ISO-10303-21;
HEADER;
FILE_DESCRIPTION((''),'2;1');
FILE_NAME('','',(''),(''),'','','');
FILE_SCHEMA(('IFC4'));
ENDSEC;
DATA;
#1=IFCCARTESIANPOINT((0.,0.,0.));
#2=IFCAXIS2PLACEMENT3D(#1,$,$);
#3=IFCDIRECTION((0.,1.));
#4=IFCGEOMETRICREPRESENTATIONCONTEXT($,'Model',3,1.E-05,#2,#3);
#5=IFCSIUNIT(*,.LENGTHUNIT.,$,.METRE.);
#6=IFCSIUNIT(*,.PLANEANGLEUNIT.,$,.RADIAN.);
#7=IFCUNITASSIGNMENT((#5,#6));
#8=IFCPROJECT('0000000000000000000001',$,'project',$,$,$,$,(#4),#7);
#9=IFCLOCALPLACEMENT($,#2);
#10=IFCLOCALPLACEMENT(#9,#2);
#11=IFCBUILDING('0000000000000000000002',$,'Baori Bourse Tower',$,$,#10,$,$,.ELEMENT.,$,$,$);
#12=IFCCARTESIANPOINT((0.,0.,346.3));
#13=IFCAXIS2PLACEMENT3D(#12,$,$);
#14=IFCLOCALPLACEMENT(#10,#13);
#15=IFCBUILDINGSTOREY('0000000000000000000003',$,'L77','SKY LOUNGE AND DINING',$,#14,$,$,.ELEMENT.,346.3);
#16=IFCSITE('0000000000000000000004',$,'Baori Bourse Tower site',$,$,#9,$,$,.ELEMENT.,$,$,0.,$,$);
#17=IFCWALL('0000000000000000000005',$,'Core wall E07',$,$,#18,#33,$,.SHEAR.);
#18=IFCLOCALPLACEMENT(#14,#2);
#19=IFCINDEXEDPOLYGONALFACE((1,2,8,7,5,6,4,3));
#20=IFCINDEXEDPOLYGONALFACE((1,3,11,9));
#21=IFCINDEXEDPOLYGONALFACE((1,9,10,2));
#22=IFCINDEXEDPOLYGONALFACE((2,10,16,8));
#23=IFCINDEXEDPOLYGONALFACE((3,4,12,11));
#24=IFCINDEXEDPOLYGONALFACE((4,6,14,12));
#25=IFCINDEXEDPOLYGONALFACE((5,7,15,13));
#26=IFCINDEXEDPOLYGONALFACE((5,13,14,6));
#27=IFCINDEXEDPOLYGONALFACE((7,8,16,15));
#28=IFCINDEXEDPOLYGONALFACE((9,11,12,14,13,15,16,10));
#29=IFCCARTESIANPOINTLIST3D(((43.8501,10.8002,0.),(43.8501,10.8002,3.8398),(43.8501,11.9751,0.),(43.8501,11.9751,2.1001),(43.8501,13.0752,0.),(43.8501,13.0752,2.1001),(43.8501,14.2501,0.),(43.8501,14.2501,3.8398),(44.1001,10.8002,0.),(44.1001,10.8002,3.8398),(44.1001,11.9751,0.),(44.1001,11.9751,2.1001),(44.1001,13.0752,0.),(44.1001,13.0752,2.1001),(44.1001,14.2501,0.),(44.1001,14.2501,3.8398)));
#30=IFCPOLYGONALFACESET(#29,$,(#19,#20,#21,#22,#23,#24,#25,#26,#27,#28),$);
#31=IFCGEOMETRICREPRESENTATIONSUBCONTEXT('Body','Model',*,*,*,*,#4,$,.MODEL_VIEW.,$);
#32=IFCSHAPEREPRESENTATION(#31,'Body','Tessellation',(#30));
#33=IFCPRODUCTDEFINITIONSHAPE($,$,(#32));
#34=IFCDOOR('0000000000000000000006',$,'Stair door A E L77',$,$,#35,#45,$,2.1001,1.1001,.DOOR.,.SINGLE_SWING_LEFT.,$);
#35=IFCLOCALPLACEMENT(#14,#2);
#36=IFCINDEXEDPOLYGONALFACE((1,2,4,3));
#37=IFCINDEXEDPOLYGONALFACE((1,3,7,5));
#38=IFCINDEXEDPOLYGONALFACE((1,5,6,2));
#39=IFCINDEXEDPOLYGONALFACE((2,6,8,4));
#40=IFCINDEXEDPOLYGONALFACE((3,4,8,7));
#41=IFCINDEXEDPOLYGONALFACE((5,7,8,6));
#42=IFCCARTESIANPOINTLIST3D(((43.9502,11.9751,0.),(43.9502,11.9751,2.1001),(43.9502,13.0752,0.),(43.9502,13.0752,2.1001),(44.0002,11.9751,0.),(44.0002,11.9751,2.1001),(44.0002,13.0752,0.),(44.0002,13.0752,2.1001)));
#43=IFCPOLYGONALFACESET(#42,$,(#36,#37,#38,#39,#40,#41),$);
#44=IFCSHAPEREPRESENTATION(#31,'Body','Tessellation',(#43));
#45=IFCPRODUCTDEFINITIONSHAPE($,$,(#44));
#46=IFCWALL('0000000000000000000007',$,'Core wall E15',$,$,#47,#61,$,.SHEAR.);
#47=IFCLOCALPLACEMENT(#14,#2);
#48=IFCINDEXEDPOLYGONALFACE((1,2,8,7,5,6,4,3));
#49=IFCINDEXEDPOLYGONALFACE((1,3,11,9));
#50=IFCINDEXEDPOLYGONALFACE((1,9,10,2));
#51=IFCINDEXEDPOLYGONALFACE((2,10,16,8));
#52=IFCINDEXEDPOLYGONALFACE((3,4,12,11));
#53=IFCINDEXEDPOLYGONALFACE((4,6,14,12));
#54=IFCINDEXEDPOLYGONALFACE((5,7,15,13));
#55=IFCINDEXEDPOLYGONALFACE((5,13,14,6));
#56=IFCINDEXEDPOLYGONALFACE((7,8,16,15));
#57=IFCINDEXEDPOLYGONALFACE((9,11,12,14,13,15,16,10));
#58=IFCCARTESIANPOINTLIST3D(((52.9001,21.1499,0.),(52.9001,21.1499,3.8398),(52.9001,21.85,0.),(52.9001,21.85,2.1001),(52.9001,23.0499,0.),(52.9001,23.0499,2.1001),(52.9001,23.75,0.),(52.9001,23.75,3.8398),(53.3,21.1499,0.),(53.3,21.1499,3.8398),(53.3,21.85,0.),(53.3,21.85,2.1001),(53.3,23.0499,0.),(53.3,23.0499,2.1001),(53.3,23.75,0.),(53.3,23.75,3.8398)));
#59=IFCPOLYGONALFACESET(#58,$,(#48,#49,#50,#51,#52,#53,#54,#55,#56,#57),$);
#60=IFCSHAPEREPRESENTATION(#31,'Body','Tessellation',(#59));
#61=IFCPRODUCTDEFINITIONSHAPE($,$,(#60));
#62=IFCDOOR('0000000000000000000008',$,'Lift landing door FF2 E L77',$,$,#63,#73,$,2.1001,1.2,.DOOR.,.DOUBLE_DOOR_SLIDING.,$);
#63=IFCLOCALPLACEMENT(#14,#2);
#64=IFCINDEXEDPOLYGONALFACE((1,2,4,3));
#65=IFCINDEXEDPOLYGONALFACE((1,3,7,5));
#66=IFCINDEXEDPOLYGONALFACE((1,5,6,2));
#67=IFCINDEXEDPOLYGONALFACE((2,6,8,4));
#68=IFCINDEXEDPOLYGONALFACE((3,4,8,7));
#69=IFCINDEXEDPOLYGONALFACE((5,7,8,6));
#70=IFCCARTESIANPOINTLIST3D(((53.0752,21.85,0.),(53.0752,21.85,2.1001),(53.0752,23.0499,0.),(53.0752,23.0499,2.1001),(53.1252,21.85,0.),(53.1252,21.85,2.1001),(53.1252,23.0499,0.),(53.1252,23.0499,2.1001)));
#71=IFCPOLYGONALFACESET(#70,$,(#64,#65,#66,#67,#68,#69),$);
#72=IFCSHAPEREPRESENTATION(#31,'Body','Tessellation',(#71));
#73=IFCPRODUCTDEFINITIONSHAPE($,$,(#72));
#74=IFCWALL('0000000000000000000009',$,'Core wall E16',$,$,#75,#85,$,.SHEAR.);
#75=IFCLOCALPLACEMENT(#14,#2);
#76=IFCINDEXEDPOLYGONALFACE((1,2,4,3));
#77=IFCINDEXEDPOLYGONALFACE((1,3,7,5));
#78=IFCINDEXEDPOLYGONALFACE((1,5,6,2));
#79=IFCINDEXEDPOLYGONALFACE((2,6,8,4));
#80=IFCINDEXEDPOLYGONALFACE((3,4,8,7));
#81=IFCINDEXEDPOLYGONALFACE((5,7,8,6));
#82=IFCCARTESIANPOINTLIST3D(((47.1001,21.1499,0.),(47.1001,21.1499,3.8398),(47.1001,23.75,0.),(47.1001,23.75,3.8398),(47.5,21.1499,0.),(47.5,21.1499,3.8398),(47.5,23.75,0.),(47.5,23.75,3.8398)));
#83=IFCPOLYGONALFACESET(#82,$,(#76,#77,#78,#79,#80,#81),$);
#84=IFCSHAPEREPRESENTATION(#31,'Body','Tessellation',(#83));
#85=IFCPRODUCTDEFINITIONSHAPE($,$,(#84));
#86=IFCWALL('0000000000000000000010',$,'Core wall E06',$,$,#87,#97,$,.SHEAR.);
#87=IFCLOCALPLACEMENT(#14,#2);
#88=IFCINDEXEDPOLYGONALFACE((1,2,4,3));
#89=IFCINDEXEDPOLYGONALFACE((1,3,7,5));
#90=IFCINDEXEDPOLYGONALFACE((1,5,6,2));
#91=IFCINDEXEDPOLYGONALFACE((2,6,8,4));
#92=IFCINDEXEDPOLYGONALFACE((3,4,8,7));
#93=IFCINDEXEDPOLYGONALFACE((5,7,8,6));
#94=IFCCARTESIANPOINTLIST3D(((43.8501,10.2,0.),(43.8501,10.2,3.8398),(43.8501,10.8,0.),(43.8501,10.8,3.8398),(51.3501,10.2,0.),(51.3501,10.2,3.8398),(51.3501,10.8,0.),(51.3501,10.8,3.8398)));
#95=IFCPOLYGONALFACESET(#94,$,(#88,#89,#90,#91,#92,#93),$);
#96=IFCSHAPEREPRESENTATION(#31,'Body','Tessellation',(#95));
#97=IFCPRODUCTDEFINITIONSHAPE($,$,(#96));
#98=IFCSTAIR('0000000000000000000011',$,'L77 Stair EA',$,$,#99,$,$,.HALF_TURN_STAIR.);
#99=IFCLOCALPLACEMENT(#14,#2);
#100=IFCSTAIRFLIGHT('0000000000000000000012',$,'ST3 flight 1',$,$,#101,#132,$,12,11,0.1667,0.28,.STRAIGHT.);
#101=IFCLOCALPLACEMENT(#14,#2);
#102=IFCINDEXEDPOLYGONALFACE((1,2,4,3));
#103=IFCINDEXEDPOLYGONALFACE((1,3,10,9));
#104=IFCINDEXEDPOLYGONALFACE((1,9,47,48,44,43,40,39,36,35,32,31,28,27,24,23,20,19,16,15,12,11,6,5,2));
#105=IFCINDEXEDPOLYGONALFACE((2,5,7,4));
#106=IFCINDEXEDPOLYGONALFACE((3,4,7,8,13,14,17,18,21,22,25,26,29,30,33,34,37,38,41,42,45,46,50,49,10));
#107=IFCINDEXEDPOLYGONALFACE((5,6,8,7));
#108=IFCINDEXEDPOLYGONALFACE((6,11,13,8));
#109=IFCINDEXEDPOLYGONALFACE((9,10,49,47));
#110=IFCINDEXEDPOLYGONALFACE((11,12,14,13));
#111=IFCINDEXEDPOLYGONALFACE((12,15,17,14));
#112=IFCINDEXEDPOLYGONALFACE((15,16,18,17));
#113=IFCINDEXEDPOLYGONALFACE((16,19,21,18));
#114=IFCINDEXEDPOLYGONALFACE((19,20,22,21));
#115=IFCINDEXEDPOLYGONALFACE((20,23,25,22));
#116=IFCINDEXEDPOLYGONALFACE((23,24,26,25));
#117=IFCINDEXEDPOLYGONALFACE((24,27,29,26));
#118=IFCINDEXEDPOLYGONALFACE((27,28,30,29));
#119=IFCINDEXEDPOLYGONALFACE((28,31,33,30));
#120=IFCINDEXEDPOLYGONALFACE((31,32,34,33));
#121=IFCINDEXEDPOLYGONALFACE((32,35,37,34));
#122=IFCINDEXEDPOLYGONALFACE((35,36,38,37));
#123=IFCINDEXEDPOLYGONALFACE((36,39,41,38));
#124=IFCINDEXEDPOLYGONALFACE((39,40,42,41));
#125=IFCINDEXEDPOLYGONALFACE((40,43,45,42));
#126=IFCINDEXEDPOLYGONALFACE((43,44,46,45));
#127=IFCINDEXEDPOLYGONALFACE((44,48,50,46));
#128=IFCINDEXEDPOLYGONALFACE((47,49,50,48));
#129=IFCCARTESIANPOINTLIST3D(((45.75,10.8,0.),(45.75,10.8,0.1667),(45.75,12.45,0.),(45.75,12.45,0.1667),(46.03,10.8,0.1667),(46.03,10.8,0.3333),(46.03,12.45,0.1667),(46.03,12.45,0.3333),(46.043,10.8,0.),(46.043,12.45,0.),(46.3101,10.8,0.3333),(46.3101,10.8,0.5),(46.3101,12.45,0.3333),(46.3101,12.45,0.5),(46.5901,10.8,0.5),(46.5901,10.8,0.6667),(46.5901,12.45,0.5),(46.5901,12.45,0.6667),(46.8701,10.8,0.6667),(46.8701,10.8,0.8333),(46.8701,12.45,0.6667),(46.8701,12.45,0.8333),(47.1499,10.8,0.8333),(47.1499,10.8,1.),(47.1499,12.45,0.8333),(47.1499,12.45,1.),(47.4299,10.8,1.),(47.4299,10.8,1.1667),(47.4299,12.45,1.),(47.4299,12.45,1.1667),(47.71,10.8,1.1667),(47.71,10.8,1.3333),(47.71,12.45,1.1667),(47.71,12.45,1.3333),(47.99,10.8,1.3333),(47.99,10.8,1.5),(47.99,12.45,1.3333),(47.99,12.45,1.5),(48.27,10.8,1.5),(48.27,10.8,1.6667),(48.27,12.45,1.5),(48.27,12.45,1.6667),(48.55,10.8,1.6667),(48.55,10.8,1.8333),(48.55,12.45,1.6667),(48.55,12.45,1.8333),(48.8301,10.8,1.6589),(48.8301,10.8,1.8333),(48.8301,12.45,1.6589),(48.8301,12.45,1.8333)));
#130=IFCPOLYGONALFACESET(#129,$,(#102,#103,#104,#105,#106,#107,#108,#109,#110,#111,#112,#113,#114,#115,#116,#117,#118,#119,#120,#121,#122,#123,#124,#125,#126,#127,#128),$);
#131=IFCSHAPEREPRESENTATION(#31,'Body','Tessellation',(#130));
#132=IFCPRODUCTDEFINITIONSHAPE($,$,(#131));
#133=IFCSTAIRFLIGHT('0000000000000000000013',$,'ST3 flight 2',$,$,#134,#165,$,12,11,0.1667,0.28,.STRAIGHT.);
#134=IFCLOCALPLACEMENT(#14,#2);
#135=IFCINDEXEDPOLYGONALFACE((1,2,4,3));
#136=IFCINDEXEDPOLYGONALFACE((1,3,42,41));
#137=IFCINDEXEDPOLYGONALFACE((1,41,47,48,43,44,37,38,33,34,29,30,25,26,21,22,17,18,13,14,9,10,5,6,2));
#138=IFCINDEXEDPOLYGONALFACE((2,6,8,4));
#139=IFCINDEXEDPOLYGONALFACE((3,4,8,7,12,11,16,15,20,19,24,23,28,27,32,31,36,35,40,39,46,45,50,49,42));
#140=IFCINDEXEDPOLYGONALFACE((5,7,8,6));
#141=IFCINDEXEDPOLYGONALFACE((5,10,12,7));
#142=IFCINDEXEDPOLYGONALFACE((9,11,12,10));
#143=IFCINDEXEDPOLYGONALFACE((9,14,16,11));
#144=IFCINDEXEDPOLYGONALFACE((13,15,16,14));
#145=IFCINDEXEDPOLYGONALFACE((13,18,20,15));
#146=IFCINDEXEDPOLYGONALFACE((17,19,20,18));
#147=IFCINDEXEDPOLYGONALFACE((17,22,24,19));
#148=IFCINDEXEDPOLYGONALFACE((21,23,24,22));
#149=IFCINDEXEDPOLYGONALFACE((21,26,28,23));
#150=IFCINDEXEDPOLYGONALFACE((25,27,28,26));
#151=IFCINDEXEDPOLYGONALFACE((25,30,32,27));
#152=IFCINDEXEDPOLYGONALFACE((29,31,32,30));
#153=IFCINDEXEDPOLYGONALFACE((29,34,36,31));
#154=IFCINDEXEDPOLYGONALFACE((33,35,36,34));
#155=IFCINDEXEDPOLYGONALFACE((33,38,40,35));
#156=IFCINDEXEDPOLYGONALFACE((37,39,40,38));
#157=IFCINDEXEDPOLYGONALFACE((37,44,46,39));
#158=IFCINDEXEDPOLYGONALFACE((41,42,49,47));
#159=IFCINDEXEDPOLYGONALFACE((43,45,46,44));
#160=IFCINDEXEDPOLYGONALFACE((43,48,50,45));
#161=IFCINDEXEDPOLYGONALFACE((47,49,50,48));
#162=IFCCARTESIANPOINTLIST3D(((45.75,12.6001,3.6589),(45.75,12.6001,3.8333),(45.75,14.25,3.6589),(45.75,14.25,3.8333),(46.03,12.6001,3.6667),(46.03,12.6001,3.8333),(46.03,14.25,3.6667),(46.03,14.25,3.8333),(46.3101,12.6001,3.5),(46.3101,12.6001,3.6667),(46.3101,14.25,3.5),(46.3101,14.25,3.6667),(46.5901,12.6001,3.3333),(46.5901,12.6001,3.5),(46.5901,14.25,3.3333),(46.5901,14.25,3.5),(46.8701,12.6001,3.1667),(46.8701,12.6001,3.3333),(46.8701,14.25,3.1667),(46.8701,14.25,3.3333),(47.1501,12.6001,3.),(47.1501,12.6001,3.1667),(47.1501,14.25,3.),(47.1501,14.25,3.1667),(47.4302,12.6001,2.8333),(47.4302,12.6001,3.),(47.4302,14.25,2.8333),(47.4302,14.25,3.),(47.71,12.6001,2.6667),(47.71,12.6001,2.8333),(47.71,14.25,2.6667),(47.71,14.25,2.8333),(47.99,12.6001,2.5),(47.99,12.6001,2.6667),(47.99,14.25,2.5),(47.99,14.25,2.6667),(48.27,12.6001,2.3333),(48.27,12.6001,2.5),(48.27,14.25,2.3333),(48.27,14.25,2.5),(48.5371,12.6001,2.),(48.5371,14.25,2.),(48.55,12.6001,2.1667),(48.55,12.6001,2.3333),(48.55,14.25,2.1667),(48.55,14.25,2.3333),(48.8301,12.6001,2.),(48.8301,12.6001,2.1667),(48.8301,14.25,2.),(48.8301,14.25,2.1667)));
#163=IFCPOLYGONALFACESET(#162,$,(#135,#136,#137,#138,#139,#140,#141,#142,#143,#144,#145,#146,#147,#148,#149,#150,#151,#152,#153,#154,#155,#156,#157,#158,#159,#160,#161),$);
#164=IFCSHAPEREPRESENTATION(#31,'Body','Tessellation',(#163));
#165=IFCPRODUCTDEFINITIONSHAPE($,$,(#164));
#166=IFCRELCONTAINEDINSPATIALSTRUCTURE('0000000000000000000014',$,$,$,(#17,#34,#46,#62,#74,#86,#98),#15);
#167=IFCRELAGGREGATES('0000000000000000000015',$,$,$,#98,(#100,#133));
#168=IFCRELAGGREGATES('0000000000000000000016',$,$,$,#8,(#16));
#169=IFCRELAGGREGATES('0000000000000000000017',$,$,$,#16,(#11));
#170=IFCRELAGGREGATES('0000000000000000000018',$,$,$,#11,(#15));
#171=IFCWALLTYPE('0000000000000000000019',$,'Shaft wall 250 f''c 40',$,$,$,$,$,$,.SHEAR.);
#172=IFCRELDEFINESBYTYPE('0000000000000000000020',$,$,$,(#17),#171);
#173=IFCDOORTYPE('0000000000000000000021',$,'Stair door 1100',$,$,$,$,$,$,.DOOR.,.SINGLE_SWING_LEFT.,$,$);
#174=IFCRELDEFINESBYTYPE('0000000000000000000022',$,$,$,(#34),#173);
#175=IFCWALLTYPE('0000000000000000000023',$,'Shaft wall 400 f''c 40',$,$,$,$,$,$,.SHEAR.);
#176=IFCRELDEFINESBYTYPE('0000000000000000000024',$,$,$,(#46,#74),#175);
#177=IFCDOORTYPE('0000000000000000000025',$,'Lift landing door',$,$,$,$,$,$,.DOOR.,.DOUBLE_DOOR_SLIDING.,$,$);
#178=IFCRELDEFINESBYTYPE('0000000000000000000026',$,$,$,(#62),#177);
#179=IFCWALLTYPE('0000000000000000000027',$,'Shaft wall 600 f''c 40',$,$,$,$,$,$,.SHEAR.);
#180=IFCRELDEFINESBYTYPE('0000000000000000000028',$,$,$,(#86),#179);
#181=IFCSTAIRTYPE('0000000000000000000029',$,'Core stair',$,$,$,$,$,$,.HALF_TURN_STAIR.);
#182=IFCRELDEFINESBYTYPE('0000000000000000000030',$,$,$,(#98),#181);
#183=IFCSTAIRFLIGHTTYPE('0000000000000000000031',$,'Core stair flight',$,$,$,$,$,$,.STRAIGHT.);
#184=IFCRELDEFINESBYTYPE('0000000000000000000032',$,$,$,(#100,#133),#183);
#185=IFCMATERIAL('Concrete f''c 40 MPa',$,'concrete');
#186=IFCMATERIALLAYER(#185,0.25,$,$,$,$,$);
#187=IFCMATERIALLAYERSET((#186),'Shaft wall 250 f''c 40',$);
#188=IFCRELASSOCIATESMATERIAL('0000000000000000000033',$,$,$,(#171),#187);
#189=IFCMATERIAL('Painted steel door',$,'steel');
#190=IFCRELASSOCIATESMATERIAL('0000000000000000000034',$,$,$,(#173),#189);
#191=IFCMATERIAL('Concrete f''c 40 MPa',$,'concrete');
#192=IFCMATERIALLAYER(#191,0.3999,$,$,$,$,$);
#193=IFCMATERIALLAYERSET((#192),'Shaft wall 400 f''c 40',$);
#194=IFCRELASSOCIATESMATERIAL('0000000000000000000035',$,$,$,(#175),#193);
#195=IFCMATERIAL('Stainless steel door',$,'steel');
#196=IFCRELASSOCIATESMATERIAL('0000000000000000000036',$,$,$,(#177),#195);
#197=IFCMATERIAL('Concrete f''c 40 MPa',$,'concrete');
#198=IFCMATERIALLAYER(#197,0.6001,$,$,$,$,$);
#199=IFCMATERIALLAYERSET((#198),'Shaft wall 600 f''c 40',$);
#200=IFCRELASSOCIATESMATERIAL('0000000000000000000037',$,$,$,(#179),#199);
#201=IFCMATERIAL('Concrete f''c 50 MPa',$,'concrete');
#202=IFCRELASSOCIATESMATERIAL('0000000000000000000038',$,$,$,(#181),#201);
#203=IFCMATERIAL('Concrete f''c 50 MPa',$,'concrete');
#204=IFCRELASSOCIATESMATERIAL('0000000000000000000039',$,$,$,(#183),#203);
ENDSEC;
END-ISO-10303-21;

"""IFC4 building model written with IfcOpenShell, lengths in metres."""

from ifc_helpers import new_model, si_unit, direction, frame, frame_2d, origin, place, context, subcontext, project, spatial, polyline, rectangle, outline, extrude, material, layer, layer_set, type_object, element, fill, aggregate, save


model = new_model("IFC4")

# Units and contexts
model_context = context("Model", 3, precision=1e-05, world=origin(), true_north=direction((0.0, 1.0)))
body_context = subcontext(model_context, "Body", "Model", "MODEL_VIEW")
ifc_project = project(units=[si_unit("LENGTHUNIT", "METRE"), si_unit("PLANEANGLEUNIT", "RADIAN")], contexts=[model_context])

# Site, building, storey
site_placement = place(None, origin())
site = spatial("IfcSite", under=ifc_project, at=site_placement, Name="Baori Bourse Tower site", CompositionType="ELEMENT", RefElevation=0.0)
building_placement = place(site_placement, origin())
building = spatial("IfcBuilding", under=site, at=building_placement, Name="Baori Bourse Tower", CompositionType="ELEMENT")
storey_placement = place(building_placement, frame((0.0, 0.0, 346.3)))
storey = spatial("IfcBuildingStorey", under=building, at=storey_placement, Name="L77", Description="SKY LOUNGE AND DINING", CompositionType="ELEMENT", Elevation=346.3)

# Walls, openings, doors
ifc_material_1 = material(Name="Concrete f'c 40 MPa", Category="concrete")
ifc_layer_1 = layer(ifc_material_1, 0.25)
ifc_layer_set_1 = layer_set([ifc_layer_1], Name="Shaft wall 250 f'c 40")
wall_type_1 = type_object("IfcWallType", Name="Shaft wall 250 f'c 40", PredefinedType="SHEAR", material=ifc_layer_set_1)
wall_1_placement = place(storey_placement, frame((43.9751, 10.8, 0.0), z_axis=(0.0, 0.0, 1.0), x_axis=(0.0, 1.0, 0.0)))
wall_1 = element("IfcWall", 1, at=wall_1_placement, inside=storey, type_object=wall_type_1, Name="Core wall E07", PredefinedType="SHEAR", context=body_context, shape_type="SweptSolid", body=[
    extrude(rectangle(XDim=3.45, YDim=0.25, at=frame_2d((1.7251, 0.0))), origin(), (0.0, 0.0, 1.0), 3.8398),
])
opening_1_placement = place(wall_1_placement, frame((1.175, 0.0, 0.0)))
opening_1 = element("IfcOpeningElement", 2, at=opening_1_placement, cuts=wall_1, PredefinedType="OPENING", context=body_context, shape_type="SweptSolid", body=[
    extrude(rectangle(XDim=1.1001, YDim=2.1001, at=frame_2d((0.55, 1.05))), frame((0.0, 0.135, 0.0), z_axis=(0.0, -1.0, 0.0), x_axis=(1.0, 0.0, 0.0)), (0.0, 0.0, 1.0), 0.27),
])
ifc_material_2 = material(Name="Painted steel door", Category="steel")
door_type_1 = type_object("IfcDoorType", Name="Stair door 1100", OperationType="SINGLE_SWING_LEFT", PredefinedType="DOOR", material=ifc_material_2)
door_1_placement = place(opening_1_placement, origin())
door_1 = element("IfcDoor", 3, at=door_1_placement, inside=storey, type_object=door_type_1, Name="Stair door A E L77", OperationType="SINGLE_SWING_LEFT", OverallHeight=2.1001, OverallWidth=1.1001, PredefinedType="DOOR", context=body_context, shape_type="SweptSolid", body=[
    extrude(rectangle(XDim=1.1001, YDim=2.1001, at=frame_2d((0.55, 1.05))), frame((0.0, 0.0249, 0.0), z_axis=(0.0, -1.0, 0.0), x_axis=(1.0, 0.0, 0.0)), (0.0, 0.0, 1.0), 0.05),
])
fill(opening_1, door_1)
ifc_material_3 = material(Name="Concrete f'c 40 MPa", Category="concrete")
ifc_layer_2 = layer(ifc_material_3, 0.3999)
ifc_layer_set_2 = layer_set([ifc_layer_2], Name="Shaft wall 400 f'c 40")
wall_type_2 = type_object("IfcWallType", Name="Shaft wall 400 f'c 40", PredefinedType="SHEAR", material=ifc_layer_set_2)
wall_2_placement = place(storey_placement, frame((53.1001, 21.1499, 0.0), z_axis=(0.0, 0.0, 1.0), x_axis=(0.0, 1.0, 0.0)))
wall_2 = element("IfcWall", 4, at=wall_2_placement, inside=storey, type_object=wall_type_2, Name="Core wall E15", PredefinedType="SHEAR", context=body_context, shape_type="SweptSolid", body=[
    extrude(rectangle(XDim=2.6001, YDim=0.3999, at=frame_2d((1.3, 0.0))), origin(), (0.0, 0.0, 1.0), 3.8398),
])
opening_2_placement = place(wall_2_placement, frame((0.7, 0.0, 0.0)))
opening_2 = element("IfcOpeningElement", 5, at=opening_2_placement, cuts=wall_2, PredefinedType="OPENING", context=body_context, shape_type="SweptSolid", body=[
    extrude(rectangle(XDim=1.2, YDim=2.1001, at=frame_2d((0.6001, 1.05))), frame((0.0, 0.21, 0.0), z_axis=(0.0, -1.0, 0.0), x_axis=(1.0, 0.0, 0.0)), (0.0, 0.0, 1.0), 0.4199),
])
ifc_material_4 = material(Name="Stainless steel door", Category="steel")
door_type_2 = type_object("IfcDoorType", Name="Lift landing door", OperationType="DOUBLE_DOOR_SLIDING", PredefinedType="DOOR", material=ifc_material_4)
door_2_placement = place(opening_2_placement, origin())
door_2 = element("IfcDoor", 6, at=door_2_placement, inside=storey, type_object=door_type_2, Name="Lift landing door FF2 E L77", OperationType="DOUBLE_DOOR_SLIDING", OverallHeight=2.1001, OverallWidth=1.2, PredefinedType="DOOR", context=body_context, shape_type="SweptSolid", body=[
    extrude(rectangle(XDim=1.2, YDim=2.1001, at=frame_2d((0.6001, 1.05))), frame((0.0, 0.0249, 0.0), z_axis=(0.0, -1.0, 0.0), x_axis=(1.0, 0.0, 0.0)), (0.0, 0.0, 1.0), 0.05),
])
fill(opening_2, door_2)

# Walls
wall_3_placement = place(storey_placement, frame((47.3, 21.1499, 0.0), z_axis=(0.0, 0.0, 1.0), x_axis=(0.0, 1.0, 0.0)))
element("IfcWall", 7, at=wall_3_placement, inside=storey, type_object=wall_type_2, Name="Core wall E16", PredefinedType="SHEAR", context=body_context, shape_type="SweptSolid", body=[
    extrude(rectangle(XDim=2.6001, YDim=0.3999, at=frame_2d((1.3, 0.0))), origin(), (0.0, 0.0, 1.0), 3.8398),
])
ifc_material_5 = material(Name="Concrete f'c 40 MPa", Category="concrete")
ifc_layer_3 = layer(ifc_material_5, 0.6001)
ifc_layer_set_3 = layer_set([ifc_layer_3], Name="Shaft wall 600 f'c 40")
wall_type_3 = type_object("IfcWallType", Name="Shaft wall 600 f'c 40", PredefinedType="SHEAR", material=ifc_layer_set_3)
wall_4_placement = place(storey_placement, frame((43.8501, 10.5, 0.0), z_axis=(0.0, 0.0, 1.0), x_axis=(1.0, 0.0, 0.0)))
element("IfcWall", 8, at=wall_4_placement, inside=storey, type_object=wall_type_3, Name="Core wall E06", PredefinedType="SHEAR", context=body_context, shape_type="SweptSolid", body=[
    extrude(rectangle(XDim=7.5, YDim=0.6001, at=frame_2d((3.75, 0.0))), origin(), (0.0, 0.0, 1.0), 3.8398),
])

# Stair, stair flights
ifc_material_6 = material(Name="Concrete f'c 50 MPa", Category="concrete")
stair_type = type_object("IfcStairType", Name="Core stair", PredefinedType="HALF_TURN_STAIR", material=ifc_material_6)
stair_placement = place(storey_placement, origin())
stair = element("IfcStair", 9, at=stair_placement, inside=storey, type_object=stair_type, Name="L77 Stair EA", PredefinedType="HALF_TURN_STAIR")
ifc_material_7 = material(Name="Concrete f'c 50 MPa", Category="concrete")
stair_flight_type = type_object("IfcStairFlightType", Name="Core stair flight", PredefinedType="STRAIGHT", material=ifc_material_7)
stair_flight_1_placement = place(storey_placement, frame((45.75, 11.625, 0.0), z_axis=(0.0, 0.0, 1.0), x_axis=(1.0, 0.0, 0.0)))
stair_flight_1 = element("IfcStairFlight", 10, at=stair_flight_1_placement, type_object=stair_flight_type, Name="ST3 flight 1", NumberOfRisers=12, NumberOfTreads=11, PredefinedType="STRAIGHT", RiserHeight=0.1667, TreadLength=0.28, context=body_context, shape_type="SweptSolid", body=[
    extrude(outline(polyline([(0.0, 0.0), (0.0, 0.1667), (0.28, 0.1667), (0.28, 0.3333), (0.5601, 0.3333), (0.5601, 0.5), (0.8401, 0.5), (0.8401, 0.6667), (1.1201, 0.6667), (1.1201, 0.8333), (1.3999, 0.8333), (1.3999, 1.0), (1.6799, 1.0), (1.6799, 1.1667), (1.96, 1.1667), (1.96, 1.3333), (2.24, 1.3333), (2.24, 1.5), (2.52, 1.5), (2.52, 1.6667), (2.8, 1.6667), (2.8, 1.8333), (3.0801, 1.8333), (3.0801, 2.0), (3.0801, 1.6589), (0.293, 0.0), (0.0, 0.0)])), frame((0.0, 0.825, 0.0), z_axis=(0.0, -1.0, 0.0), x_axis=(1.0, 0.0, 0.0)), (0.0, 0.0, 1.0), 1.6499),
])
stair_flight_2_placement = place(storey_placement, frame((48.8301, 13.425, 2.0), z_axis=(0.0, 0.0, 1.0), x_axis=(-1.0, 0.0, 0.0)))
stair_flight_2 = element("IfcStairFlight", 11, at=stair_flight_2_placement, type_object=stair_flight_type, Name="ST3 flight 2", NumberOfRisers=12, NumberOfTreads=11, PredefinedType="STRAIGHT", RiserHeight=0.1667, TreadLength=0.28, context=body_context, shape_type="SweptSolid", body=[
    extrude(outline(polyline([(0.0, 0.0), (0.0, 0.1667), (0.28, 0.1667), (0.28, 0.3333), (0.5601, 0.3333), (0.5601, 0.5), (0.8401, 0.5), (0.8401, 0.6667), (1.1201, 0.6667), (1.1201, 0.8333), (1.3999, 0.8333), (1.3999, 1.0), (1.6799, 1.0), (1.6799, 1.1667), (1.96, 1.1667), (1.96, 1.3333), (2.24, 1.3333), (2.24, 1.5), (2.52, 1.5), (2.52, 1.6667), (2.8, 1.6667), (2.8, 1.8333), (3.0801, 1.8333), (3.0801, 2.0), (3.0801, 1.6589), (0.293, 0.0), (0.0, 0.0)])), frame((0.0, 0.825, 0.0), z_axis=(0.0, -1.0, 0.0), x_axis=(1.0, 0.0, 0.0)), (0.0, 0.0, 1.0), 1.6499),
])
aggregate(stair, [stair_flight_1, stair_flight_2])

save(model, "model.ifc")
